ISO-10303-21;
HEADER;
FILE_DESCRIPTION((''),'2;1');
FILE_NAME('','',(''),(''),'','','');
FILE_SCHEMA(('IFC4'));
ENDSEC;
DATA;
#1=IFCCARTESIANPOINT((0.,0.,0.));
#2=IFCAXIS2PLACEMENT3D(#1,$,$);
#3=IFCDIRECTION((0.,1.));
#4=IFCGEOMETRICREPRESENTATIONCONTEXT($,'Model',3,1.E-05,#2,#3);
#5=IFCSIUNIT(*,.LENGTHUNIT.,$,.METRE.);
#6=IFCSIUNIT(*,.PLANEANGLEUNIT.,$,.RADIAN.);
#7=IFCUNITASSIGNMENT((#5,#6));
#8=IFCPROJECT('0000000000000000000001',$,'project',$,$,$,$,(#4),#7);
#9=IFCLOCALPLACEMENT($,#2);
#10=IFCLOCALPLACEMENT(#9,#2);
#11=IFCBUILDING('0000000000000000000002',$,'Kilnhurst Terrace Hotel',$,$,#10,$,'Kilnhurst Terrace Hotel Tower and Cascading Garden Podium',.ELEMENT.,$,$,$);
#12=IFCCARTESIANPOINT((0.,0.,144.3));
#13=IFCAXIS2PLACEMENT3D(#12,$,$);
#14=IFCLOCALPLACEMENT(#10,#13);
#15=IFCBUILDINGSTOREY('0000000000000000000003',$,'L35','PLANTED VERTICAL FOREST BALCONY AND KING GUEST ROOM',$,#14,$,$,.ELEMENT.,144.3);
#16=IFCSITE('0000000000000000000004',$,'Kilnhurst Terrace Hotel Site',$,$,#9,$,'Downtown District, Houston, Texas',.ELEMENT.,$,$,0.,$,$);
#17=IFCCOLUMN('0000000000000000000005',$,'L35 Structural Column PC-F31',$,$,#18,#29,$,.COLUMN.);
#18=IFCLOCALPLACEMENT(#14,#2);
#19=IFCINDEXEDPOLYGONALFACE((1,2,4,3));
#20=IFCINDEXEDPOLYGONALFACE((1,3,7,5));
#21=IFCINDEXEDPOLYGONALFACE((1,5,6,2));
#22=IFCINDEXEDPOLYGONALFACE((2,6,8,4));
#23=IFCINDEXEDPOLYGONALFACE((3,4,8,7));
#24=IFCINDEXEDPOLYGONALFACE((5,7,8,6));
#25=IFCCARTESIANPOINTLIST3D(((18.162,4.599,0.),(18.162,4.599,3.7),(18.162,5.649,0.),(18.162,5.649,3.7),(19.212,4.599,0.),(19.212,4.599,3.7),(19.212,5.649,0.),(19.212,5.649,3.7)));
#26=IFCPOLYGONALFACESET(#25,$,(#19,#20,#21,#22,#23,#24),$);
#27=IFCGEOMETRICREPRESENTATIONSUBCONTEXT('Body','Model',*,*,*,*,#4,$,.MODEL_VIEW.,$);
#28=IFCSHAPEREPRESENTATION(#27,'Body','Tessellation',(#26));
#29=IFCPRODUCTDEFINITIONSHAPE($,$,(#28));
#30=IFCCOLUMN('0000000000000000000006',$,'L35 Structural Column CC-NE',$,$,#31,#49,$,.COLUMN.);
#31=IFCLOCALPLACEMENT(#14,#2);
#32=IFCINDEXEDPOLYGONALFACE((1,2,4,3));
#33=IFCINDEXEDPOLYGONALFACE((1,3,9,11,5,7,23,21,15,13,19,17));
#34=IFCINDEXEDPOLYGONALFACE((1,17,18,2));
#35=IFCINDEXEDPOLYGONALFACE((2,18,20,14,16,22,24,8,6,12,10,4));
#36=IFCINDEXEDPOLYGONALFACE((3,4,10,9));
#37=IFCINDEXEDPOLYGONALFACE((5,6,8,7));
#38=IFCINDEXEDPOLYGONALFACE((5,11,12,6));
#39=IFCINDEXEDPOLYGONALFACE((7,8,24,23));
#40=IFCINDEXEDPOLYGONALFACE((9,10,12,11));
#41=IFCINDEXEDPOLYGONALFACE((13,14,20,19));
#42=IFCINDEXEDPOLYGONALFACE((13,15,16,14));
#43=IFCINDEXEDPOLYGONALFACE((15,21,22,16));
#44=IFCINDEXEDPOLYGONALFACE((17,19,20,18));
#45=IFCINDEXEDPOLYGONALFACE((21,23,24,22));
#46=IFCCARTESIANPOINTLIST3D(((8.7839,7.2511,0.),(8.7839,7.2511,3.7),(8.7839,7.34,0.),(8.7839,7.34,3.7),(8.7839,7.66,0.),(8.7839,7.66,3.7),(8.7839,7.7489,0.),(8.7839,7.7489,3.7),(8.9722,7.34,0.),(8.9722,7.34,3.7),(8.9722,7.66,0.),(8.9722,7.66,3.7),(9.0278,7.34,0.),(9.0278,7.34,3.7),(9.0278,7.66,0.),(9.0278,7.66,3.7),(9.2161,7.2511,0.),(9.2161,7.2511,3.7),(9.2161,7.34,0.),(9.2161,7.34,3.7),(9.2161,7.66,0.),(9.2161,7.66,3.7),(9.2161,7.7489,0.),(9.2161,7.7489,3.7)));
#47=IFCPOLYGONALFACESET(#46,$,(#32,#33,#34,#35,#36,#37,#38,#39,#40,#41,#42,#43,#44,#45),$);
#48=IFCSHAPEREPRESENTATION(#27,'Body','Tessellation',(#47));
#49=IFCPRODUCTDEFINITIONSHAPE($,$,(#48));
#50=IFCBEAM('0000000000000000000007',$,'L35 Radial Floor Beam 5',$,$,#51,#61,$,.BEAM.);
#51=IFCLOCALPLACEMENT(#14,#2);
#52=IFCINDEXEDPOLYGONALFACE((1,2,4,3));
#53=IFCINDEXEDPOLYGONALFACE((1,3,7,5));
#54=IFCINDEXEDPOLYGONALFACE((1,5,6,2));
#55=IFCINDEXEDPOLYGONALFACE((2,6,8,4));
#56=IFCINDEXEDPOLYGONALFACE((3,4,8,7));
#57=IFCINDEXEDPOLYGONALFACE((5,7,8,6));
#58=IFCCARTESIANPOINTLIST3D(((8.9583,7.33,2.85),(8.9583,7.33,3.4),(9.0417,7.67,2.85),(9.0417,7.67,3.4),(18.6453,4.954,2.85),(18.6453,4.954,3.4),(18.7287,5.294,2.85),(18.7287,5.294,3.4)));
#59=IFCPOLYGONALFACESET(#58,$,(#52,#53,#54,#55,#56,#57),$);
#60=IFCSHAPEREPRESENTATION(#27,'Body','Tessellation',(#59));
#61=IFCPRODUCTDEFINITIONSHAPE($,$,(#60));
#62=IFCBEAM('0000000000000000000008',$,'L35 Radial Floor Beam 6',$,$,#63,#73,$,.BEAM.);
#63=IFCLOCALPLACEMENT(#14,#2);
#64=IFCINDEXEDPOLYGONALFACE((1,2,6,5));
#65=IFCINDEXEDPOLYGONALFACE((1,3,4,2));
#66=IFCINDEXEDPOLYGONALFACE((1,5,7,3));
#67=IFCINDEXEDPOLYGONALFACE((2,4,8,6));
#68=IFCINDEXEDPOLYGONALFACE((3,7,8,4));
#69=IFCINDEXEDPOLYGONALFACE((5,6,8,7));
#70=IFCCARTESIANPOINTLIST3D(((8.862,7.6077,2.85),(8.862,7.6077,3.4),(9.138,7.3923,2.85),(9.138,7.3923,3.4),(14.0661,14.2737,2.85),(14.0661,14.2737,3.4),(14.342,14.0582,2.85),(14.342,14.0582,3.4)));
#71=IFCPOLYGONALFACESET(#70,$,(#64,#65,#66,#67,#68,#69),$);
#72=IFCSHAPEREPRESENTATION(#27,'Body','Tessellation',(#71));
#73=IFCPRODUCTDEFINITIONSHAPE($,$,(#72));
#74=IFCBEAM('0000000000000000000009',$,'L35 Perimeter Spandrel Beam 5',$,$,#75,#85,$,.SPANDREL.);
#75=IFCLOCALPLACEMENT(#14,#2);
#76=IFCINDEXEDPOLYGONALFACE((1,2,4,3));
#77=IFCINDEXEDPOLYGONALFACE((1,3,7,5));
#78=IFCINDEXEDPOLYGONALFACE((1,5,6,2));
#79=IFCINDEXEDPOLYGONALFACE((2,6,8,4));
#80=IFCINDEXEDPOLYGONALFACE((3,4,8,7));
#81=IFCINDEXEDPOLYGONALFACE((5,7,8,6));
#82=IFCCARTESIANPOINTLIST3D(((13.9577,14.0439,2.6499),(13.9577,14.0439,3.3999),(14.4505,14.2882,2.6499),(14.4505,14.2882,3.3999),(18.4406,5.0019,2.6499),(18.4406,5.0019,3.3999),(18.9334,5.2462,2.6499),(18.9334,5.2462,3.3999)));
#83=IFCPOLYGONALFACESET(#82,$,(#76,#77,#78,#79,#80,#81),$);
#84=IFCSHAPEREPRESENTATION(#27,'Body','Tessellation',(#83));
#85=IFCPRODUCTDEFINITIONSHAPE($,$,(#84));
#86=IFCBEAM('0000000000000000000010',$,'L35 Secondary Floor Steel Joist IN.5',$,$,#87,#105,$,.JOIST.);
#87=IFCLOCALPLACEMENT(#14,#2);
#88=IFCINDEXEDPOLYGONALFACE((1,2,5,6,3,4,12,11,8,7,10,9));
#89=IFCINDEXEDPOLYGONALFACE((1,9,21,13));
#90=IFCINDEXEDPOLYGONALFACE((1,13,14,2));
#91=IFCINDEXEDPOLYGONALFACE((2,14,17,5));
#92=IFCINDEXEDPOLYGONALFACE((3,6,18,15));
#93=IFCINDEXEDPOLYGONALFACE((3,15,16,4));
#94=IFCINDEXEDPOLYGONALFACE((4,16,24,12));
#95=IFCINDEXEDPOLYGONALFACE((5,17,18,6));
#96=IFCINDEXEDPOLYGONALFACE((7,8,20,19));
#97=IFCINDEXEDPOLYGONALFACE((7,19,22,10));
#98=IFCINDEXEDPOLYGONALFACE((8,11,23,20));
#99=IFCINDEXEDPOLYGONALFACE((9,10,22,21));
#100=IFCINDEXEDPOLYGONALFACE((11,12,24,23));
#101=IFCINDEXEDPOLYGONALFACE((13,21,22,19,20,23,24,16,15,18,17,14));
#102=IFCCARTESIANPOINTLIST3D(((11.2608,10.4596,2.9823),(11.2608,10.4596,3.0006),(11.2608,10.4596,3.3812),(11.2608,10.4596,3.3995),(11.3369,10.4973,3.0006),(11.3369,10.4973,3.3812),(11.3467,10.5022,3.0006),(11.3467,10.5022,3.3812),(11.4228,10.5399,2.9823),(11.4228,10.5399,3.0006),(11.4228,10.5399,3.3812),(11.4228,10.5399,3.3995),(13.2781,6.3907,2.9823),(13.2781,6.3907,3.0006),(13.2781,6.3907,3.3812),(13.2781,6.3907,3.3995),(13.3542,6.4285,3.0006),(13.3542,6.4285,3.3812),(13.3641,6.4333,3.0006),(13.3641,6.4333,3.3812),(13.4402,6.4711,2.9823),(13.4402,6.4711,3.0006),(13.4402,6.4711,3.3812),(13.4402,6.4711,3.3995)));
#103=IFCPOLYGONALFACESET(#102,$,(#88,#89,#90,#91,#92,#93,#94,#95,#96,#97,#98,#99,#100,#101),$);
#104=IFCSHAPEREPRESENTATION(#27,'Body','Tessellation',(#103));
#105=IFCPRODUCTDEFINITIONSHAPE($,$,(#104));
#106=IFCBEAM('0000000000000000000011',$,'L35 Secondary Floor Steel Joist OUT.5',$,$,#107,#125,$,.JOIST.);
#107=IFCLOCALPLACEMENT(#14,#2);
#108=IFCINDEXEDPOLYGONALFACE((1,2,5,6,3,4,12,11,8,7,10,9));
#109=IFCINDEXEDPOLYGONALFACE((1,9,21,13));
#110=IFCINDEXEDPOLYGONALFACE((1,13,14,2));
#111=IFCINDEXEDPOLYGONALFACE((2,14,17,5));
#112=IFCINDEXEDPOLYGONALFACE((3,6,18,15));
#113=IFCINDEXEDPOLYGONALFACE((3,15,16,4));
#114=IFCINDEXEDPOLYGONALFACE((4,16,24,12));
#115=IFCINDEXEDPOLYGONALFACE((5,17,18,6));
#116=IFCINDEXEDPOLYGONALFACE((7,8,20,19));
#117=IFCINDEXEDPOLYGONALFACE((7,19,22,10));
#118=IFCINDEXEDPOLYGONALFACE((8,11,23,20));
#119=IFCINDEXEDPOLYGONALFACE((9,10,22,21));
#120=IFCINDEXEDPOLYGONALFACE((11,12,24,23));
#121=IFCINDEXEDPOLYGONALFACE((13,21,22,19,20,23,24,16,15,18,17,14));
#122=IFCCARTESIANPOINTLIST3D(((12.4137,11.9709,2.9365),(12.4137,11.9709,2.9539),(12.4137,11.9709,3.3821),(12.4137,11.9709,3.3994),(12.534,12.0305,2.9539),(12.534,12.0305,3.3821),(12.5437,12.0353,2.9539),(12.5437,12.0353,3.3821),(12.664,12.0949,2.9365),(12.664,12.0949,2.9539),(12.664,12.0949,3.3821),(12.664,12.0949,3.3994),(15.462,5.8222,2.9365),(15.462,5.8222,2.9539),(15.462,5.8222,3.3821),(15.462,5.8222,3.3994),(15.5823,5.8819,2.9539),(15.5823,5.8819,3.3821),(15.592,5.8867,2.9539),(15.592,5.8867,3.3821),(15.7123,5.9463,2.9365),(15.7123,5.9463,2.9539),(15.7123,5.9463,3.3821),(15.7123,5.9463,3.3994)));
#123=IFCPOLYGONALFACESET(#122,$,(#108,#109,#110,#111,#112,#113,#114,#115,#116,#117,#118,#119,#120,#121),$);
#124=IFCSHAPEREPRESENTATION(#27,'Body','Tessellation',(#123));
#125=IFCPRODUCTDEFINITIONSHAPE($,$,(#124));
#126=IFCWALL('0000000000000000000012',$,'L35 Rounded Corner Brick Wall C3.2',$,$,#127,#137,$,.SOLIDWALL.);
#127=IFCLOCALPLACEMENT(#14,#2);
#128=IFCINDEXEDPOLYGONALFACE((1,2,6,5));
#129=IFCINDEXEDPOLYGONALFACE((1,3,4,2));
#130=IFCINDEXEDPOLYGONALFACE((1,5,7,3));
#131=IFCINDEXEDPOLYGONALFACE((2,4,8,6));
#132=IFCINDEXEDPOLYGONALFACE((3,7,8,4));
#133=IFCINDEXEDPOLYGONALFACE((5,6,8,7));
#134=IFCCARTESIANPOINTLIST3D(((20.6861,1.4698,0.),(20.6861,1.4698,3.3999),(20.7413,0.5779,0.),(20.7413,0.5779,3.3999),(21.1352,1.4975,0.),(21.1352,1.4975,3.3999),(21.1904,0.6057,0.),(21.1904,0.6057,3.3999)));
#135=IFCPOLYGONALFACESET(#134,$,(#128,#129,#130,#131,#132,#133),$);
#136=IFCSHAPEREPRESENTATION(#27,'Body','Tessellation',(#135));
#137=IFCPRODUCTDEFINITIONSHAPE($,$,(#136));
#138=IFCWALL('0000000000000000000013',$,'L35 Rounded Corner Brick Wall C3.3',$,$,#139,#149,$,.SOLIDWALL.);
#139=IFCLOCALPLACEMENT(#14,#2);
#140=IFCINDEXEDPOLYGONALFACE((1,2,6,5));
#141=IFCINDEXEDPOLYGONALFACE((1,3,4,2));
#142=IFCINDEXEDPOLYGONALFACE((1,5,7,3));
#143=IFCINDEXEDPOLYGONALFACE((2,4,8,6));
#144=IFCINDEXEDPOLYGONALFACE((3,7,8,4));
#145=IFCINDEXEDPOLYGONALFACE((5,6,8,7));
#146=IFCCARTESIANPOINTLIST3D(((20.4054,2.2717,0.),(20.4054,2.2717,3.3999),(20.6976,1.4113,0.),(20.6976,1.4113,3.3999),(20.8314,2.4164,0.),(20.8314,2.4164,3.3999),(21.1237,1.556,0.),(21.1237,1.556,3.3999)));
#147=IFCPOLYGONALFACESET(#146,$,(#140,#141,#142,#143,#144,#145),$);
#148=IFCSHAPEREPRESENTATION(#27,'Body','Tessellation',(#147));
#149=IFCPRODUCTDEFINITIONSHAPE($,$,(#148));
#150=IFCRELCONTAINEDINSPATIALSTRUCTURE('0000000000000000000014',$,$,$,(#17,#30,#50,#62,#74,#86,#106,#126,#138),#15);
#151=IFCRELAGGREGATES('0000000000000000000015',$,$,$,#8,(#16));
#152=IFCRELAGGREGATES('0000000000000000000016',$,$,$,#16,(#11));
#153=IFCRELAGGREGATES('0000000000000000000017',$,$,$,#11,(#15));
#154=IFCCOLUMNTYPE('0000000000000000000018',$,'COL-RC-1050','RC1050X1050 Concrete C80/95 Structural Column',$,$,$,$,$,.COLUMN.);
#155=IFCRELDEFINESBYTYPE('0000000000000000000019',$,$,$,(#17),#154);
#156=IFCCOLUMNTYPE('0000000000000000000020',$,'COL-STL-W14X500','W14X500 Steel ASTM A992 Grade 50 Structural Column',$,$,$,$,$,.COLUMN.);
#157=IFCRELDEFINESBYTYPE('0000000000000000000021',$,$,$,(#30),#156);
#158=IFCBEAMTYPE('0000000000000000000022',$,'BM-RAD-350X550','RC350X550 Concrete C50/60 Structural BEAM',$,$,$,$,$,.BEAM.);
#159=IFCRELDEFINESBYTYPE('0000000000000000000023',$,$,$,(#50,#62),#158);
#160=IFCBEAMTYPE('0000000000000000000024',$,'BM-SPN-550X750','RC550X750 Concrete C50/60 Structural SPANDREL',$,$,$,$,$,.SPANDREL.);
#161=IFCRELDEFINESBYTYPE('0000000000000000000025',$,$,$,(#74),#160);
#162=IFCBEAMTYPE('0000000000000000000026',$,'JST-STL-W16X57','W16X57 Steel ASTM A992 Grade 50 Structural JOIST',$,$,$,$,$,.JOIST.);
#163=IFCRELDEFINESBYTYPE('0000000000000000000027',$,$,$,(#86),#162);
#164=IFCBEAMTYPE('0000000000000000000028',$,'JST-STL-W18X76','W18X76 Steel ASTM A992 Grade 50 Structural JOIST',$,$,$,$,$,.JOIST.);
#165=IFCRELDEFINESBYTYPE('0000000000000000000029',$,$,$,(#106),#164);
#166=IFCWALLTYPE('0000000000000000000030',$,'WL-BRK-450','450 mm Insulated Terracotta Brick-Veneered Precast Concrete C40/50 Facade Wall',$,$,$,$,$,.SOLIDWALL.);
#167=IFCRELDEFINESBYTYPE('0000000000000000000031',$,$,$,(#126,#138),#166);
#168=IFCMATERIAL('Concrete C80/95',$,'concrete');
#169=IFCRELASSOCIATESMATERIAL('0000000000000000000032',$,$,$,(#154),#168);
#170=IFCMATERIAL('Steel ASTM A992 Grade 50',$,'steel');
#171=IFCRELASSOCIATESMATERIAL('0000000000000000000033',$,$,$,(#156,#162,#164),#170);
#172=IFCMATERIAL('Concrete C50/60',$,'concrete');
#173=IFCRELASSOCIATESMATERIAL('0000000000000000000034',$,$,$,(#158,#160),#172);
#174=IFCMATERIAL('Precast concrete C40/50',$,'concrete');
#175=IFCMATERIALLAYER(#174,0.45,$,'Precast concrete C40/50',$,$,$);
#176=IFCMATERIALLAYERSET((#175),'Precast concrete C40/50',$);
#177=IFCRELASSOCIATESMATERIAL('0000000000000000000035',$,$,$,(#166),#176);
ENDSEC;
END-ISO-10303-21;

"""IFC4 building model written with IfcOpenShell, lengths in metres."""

from ifc_helpers import new_model, si_unit, direction, frame, frame_2d, origin, origin_2d, place, context, subcontext, project, spatial, rectangle, i_section, extrude, material, layer, layer_set, material_profile, profile_set, type_object, element, save


model = new_model("IFC4")

# Units and contexts
model_context = context("Model", 3, precision=1e-05, world=origin(), true_north=direction((0.0, 1.0)))
body_context = subcontext(model_context, "Body", "Model", "MODEL_VIEW")
ifc_project = project(units=[si_unit("LENGTHUNIT", "METRE"), si_unit("PLANEANGLEUNIT", "RADIAN")], contexts=[model_context])

# Site, building, storey
site_placement = place(None, origin())
site = spatial("IfcSite", under=ifc_project, at=site_placement, Name="Kilnhurst Terrace Hotel Site", LongName="Downtown District, Houston, Texas", CompositionType="ELEMENT", RefElevation=0.0)
building_placement = place(site_placement, origin())
building = spatial("IfcBuilding", under=site, at=building_placement, Name="Kilnhurst Terrace Hotel", LongName="Kilnhurst Terrace Hotel Tower and Cascading Garden Podium", CompositionType="ELEMENT")
storey_placement = place(building_placement, frame((0.0, 0.0, 144.3)))
storey = spatial("IfcBuildingStorey", under=building, at=storey_placement, Name="L35", Description="PLANTED VERTICAL FOREST BALCONY AND KING GUEST ROOM", CompositionType="ELEMENT", Elevation=144.3)

# Columns
ifc_material_1 = material(Name="Concrete C80/95", Category="concrete")
ifc_material_profile_1 = material_profile(ifc_material_1, rectangle(XDim=1.05, YDim=1.05, at=origin_2d()), Name="RC1050X1050")
ifc_profile_set_1 = profile_set([ifc_material_profile_1], Name="Concrete C80/95")
column_type_1 = type_object("IfcColumnType", Name="COL-RC-1050", Description="RC1050X1050 Concrete C80/95 Structural Column", PredefinedType="COLUMN", material=ifc_profile_set_1)
column_1_placement = place(storey_placement, frame((18.687, 5.124, 0.0), z_axis=(0.0, 0.0, 1.0), x_axis=(1.0, 0.0, 0.0)))
element("IfcColumn", 1, at=column_1_placement, inside=storey, type_object=column_type_1, Name="L35 Structural Column PC-F31", PredefinedType="COLUMN", context=body_context, shape_type="SweptSolid", body=[
    extrude(rectangle(XDim=1.05, YDim=1.05, at=origin_2d()), origin(), (0.0, 0.0, 1.0), 3.7),
])
ifc_material_2 = material(Name="Steel ASTM A992 Grade 50", Category="steel")
ifc_material_profile_2 = material_profile(ifc_material_2, i_section(OverallWidth=0.4321, OverallDepth=0.4978, WebThickness=0.0557, FlangeThickness=0.0889, at=origin_2d()), Name="W14X500")
ifc_profile_set_2 = profile_set([ifc_material_profile_2], Name="Steel ASTM A992 Grade 50")
column_type_2 = type_object("IfcColumnType", Name="COL-STL-W14X500", Description="W14X500 Steel ASTM A992 Grade 50 Structural Column", PredefinedType="COLUMN", material=ifc_profile_set_2)
column_2_placement = place(storey_placement, frame((9.0, 7.5, 0.0), z_axis=(0.0, 0.0, 1.0), x_axis=(1.0, 0.0, 0.0)))
element("IfcColumn", 2, at=column_2_placement, inside=storey, type_object=column_type_2, Name="L35 Structural Column CC-NE", PredefinedType="COLUMN", context=body_context, shape_type="SweptSolid", body=[
    extrude(i_section(OverallWidth=0.4321, OverallDepth=0.4978, WebThickness=0.0557, FlangeThickness=0.0889, at=origin_2d()), origin(), (0.0, 0.0, 1.0), 3.7),
])

# Beams
ifc_material_3 = material(Name="Concrete C50/60", Category="concrete")
ifc_material_profile_3 = material_profile(ifc_material_3, rectangle(XDim=0.3501, YDim=0.55, at=origin_2d()), Name="RC350X550")
ifc_profile_set_3 = profile_set([ifc_material_profile_3], Name="Concrete C50/60")
beam_type_1 = type_object("IfcBeamType", Name="BM-RAD-350X550", Description="RC350X550 Concrete C50/60 Structural BEAM", PredefinedType="BEAM", material=ifc_profile_set_3)
beam_1_placement = place(storey_placement, frame((9.0, 7.5, 3.125), z_axis=(0.971213, -0.238214, 0.0), x_axis=(0.238214, 0.971213, 0.0)))
element("IfcBeam", 3, at=beam_1_placement, inside=storey, type_object=beam_type_1, Name="L35 Radial Floor Beam 5", PredefinedType="BEAM", context=body_context, shape_type="SweptSolid", body=[
    extrude(rectangle(XDim=0.3501, YDim=0.55, at=origin_2d()), origin(), (0.0, 0.0, 1.0), 9.9741),
])
beam_2_placement = place(storey_placement, frame((9.0, 7.5, 3.125), z_axis=(0.615371, 0.788238, 0.0), x_axis=(-0.788238, 0.615371, 0.0)))
element("IfcBeam", 4, at=beam_2_placement, inside=storey, type_object=beam_type_1, Name="L35 Radial Floor Beam 6", PredefinedType="BEAM", context=body_context, shape_type="SweptSolid", body=[
    extrude(rectangle(XDim=0.3501, YDim=0.55, at=origin_2d()), origin(), (0.0, 0.0, 1.0), 8.4568),
])
ifc_material_profile_4 = material_profile(ifc_material_3, rectangle(XDim=0.55, YDim=0.75, at=origin_2d()), Name="RC550X750")
ifc_profile_set_4 = profile_set([ifc_material_profile_4], Name="Concrete C50/60")
beam_type_2 = type_object("IfcBeamType", Name="BM-SPN-550X750", Description="RC550X750 Concrete C50/60 Structural SPANDREL", PredefinedType="SPANDREL", material=ifc_profile_set_4)
beam_3_placement = place(storey_placement, frame((18.687, 5.124, 3.0249), z_axis=(-0.444192, 0.895932, 0.0), x_axis=(-0.895932, -0.444192, 0.0)))
element("IfcBeam", 5, at=beam_3_placement, inside=storey, type_object=beam_type_2, Name="L35 Perimeter Spandrel Beam 5", PredefinedType="SPANDREL", context=body_context, shape_type="SweptSolid", body=[
    extrude(rectangle(XDim=0.55, YDim=0.75, at=origin_2d()), origin(), (0.0, 0.0, 1.0), 10.0923),
])
ifc_material_profile_5 = material_profile(ifc_material_2, i_section(OverallWidth=0.1809, OverallDepth=0.4172, WebThickness=0.011, FlangeThickness=0.0183, at=origin_2d()), Name="W16X57")
ifc_profile_set_5 = profile_set([ifc_material_profile_5], Name="Steel ASTM A992 Grade 50")
beam_type_3 = type_object("IfcBeamType", Name="JST-STL-W16X57", Description="W16X57 Steel ASTM A992 Grade 50 Structural JOIST", PredefinedType="JOIST", material=ifc_profile_set_5)
beam_4_placement = place(storey_placement, frame((13.3591, 6.4309, 3.1909), z_axis=(-0.444201, 0.895927, 0.0), x_axis=(-0.895927, -0.444201, 0.0)))
element("IfcBeam", 6, at=beam_4_placement, inside=storey, type_object=beam_type_3, Name="L35 Secondary Floor Steel Joist IN.5", PredefinedType="JOIST", context=body_context, shape_type="SweptSolid", body=[
    extrude(i_section(OverallWidth=0.1809, OverallDepth=0.4172, WebThickness=0.011, FlangeThickness=0.0183, at=origin_2d()), origin(), (0.0, 0.0, 1.0), 4.5415),
])
ifc_material_profile_6 = material_profile(ifc_material_2, i_section(OverallWidth=0.2793, OverallDepth=0.4629, WebThickness=0.0107, FlangeThickness=0.0173, at=origin_2d()), Name="W18X76")
ifc_profile_set_6 = profile_set([ifc_material_profile_6], Name="Steel ASTM A992 Grade 50")
beam_type_4 = type_object("IfcBeamType", Name="JST-STL-W18X76", Description="W18X76 Steel ASTM A992 Grade 50 Structural JOIST", PredefinedType="JOIST", material=ifc_profile_set_6)
beam_5_placement = place(storey_placement, frame((15.5872, 5.8843, 3.168), z_axis=(-0.44418, 0.895938, 0.0), x_axis=(-0.895938, -0.44418, 0.0)))
element("IfcBeam", 7, at=beam_5_placement, inside=storey, type_object=beam_type_4, Name="L35 Secondary Floor Steel Joist OUT.5", PredefinedType="JOIST", context=body_context, shape_type="SweptSolid", body=[
    extrude(i_section(OverallWidth=0.2793, OverallDepth=0.4629, WebThickness=0.0107, FlangeThickness=0.0173, at=origin_2d()), origin(), (0.0, 0.0, 1.0), 6.8628),
])

# Walls
ifc_material_4 = material(Name="Precast concrete C40/50", Category="concrete")
ifc_layer_1 = layer(ifc_material_4, 0.45, Name="Precast concrete C40/50")
ifc_layer_set_1 = layer_set([ifc_layer_1], Name="Precast concrete C40/50")
wall_type_1 = type_object("IfcWallType", Name="WL-BRK-450", Description="450 mm Insulated Terracotta Brick-Veneered Precast Concrete C40/50 Facade Wall", PredefinedType="SOLIDWALL", material=ifc_layer_set_1)
wall_1_placement = place(storey_placement, frame((20.9658, 0.5918, 0.0), z_axis=(0.0, 0.0, 1.0), x_axis=(-0.061749, 0.998092, 0.0)))
element("IfcWall", 8, at=wall_1_placement, inside=storey, type_object=wall_type_1, Name="L35 Rounded Corner Brick Wall C3.2", PredefinedType="SOLIDWALL", context=body_context, shape_type="SweptSolid", body=[
    extrude(rectangle(XDim=0.8936, YDim=0.45, at=frame_2d((0.4468, 0.0))), origin(), (0.0, 0.0, 1.0), 3.3999),
])
wall_2_placement = place(storey_placement, frame((20.9106, 1.4836, 0.0), z_axis=(0.0, 0.0, 1.0), x_axis=(-0.321623, 0.946868, 0.0)))
element("IfcWall", 9, at=wall_2_placement, inside=storey, type_object=wall_type_1, Name="L35 Rounded Corner Brick Wall C3.3", PredefinedType="SOLIDWALL", context=body_context, shape_type="SweptSolid", body=[
    extrude(rectangle(XDim=0.9087, YDim=0.45, at=frame_2d((0.4543, 0.0))), origin(), (0.0, 0.0, 1.0), 3.3999),
])

save(model, "model.ifc")
